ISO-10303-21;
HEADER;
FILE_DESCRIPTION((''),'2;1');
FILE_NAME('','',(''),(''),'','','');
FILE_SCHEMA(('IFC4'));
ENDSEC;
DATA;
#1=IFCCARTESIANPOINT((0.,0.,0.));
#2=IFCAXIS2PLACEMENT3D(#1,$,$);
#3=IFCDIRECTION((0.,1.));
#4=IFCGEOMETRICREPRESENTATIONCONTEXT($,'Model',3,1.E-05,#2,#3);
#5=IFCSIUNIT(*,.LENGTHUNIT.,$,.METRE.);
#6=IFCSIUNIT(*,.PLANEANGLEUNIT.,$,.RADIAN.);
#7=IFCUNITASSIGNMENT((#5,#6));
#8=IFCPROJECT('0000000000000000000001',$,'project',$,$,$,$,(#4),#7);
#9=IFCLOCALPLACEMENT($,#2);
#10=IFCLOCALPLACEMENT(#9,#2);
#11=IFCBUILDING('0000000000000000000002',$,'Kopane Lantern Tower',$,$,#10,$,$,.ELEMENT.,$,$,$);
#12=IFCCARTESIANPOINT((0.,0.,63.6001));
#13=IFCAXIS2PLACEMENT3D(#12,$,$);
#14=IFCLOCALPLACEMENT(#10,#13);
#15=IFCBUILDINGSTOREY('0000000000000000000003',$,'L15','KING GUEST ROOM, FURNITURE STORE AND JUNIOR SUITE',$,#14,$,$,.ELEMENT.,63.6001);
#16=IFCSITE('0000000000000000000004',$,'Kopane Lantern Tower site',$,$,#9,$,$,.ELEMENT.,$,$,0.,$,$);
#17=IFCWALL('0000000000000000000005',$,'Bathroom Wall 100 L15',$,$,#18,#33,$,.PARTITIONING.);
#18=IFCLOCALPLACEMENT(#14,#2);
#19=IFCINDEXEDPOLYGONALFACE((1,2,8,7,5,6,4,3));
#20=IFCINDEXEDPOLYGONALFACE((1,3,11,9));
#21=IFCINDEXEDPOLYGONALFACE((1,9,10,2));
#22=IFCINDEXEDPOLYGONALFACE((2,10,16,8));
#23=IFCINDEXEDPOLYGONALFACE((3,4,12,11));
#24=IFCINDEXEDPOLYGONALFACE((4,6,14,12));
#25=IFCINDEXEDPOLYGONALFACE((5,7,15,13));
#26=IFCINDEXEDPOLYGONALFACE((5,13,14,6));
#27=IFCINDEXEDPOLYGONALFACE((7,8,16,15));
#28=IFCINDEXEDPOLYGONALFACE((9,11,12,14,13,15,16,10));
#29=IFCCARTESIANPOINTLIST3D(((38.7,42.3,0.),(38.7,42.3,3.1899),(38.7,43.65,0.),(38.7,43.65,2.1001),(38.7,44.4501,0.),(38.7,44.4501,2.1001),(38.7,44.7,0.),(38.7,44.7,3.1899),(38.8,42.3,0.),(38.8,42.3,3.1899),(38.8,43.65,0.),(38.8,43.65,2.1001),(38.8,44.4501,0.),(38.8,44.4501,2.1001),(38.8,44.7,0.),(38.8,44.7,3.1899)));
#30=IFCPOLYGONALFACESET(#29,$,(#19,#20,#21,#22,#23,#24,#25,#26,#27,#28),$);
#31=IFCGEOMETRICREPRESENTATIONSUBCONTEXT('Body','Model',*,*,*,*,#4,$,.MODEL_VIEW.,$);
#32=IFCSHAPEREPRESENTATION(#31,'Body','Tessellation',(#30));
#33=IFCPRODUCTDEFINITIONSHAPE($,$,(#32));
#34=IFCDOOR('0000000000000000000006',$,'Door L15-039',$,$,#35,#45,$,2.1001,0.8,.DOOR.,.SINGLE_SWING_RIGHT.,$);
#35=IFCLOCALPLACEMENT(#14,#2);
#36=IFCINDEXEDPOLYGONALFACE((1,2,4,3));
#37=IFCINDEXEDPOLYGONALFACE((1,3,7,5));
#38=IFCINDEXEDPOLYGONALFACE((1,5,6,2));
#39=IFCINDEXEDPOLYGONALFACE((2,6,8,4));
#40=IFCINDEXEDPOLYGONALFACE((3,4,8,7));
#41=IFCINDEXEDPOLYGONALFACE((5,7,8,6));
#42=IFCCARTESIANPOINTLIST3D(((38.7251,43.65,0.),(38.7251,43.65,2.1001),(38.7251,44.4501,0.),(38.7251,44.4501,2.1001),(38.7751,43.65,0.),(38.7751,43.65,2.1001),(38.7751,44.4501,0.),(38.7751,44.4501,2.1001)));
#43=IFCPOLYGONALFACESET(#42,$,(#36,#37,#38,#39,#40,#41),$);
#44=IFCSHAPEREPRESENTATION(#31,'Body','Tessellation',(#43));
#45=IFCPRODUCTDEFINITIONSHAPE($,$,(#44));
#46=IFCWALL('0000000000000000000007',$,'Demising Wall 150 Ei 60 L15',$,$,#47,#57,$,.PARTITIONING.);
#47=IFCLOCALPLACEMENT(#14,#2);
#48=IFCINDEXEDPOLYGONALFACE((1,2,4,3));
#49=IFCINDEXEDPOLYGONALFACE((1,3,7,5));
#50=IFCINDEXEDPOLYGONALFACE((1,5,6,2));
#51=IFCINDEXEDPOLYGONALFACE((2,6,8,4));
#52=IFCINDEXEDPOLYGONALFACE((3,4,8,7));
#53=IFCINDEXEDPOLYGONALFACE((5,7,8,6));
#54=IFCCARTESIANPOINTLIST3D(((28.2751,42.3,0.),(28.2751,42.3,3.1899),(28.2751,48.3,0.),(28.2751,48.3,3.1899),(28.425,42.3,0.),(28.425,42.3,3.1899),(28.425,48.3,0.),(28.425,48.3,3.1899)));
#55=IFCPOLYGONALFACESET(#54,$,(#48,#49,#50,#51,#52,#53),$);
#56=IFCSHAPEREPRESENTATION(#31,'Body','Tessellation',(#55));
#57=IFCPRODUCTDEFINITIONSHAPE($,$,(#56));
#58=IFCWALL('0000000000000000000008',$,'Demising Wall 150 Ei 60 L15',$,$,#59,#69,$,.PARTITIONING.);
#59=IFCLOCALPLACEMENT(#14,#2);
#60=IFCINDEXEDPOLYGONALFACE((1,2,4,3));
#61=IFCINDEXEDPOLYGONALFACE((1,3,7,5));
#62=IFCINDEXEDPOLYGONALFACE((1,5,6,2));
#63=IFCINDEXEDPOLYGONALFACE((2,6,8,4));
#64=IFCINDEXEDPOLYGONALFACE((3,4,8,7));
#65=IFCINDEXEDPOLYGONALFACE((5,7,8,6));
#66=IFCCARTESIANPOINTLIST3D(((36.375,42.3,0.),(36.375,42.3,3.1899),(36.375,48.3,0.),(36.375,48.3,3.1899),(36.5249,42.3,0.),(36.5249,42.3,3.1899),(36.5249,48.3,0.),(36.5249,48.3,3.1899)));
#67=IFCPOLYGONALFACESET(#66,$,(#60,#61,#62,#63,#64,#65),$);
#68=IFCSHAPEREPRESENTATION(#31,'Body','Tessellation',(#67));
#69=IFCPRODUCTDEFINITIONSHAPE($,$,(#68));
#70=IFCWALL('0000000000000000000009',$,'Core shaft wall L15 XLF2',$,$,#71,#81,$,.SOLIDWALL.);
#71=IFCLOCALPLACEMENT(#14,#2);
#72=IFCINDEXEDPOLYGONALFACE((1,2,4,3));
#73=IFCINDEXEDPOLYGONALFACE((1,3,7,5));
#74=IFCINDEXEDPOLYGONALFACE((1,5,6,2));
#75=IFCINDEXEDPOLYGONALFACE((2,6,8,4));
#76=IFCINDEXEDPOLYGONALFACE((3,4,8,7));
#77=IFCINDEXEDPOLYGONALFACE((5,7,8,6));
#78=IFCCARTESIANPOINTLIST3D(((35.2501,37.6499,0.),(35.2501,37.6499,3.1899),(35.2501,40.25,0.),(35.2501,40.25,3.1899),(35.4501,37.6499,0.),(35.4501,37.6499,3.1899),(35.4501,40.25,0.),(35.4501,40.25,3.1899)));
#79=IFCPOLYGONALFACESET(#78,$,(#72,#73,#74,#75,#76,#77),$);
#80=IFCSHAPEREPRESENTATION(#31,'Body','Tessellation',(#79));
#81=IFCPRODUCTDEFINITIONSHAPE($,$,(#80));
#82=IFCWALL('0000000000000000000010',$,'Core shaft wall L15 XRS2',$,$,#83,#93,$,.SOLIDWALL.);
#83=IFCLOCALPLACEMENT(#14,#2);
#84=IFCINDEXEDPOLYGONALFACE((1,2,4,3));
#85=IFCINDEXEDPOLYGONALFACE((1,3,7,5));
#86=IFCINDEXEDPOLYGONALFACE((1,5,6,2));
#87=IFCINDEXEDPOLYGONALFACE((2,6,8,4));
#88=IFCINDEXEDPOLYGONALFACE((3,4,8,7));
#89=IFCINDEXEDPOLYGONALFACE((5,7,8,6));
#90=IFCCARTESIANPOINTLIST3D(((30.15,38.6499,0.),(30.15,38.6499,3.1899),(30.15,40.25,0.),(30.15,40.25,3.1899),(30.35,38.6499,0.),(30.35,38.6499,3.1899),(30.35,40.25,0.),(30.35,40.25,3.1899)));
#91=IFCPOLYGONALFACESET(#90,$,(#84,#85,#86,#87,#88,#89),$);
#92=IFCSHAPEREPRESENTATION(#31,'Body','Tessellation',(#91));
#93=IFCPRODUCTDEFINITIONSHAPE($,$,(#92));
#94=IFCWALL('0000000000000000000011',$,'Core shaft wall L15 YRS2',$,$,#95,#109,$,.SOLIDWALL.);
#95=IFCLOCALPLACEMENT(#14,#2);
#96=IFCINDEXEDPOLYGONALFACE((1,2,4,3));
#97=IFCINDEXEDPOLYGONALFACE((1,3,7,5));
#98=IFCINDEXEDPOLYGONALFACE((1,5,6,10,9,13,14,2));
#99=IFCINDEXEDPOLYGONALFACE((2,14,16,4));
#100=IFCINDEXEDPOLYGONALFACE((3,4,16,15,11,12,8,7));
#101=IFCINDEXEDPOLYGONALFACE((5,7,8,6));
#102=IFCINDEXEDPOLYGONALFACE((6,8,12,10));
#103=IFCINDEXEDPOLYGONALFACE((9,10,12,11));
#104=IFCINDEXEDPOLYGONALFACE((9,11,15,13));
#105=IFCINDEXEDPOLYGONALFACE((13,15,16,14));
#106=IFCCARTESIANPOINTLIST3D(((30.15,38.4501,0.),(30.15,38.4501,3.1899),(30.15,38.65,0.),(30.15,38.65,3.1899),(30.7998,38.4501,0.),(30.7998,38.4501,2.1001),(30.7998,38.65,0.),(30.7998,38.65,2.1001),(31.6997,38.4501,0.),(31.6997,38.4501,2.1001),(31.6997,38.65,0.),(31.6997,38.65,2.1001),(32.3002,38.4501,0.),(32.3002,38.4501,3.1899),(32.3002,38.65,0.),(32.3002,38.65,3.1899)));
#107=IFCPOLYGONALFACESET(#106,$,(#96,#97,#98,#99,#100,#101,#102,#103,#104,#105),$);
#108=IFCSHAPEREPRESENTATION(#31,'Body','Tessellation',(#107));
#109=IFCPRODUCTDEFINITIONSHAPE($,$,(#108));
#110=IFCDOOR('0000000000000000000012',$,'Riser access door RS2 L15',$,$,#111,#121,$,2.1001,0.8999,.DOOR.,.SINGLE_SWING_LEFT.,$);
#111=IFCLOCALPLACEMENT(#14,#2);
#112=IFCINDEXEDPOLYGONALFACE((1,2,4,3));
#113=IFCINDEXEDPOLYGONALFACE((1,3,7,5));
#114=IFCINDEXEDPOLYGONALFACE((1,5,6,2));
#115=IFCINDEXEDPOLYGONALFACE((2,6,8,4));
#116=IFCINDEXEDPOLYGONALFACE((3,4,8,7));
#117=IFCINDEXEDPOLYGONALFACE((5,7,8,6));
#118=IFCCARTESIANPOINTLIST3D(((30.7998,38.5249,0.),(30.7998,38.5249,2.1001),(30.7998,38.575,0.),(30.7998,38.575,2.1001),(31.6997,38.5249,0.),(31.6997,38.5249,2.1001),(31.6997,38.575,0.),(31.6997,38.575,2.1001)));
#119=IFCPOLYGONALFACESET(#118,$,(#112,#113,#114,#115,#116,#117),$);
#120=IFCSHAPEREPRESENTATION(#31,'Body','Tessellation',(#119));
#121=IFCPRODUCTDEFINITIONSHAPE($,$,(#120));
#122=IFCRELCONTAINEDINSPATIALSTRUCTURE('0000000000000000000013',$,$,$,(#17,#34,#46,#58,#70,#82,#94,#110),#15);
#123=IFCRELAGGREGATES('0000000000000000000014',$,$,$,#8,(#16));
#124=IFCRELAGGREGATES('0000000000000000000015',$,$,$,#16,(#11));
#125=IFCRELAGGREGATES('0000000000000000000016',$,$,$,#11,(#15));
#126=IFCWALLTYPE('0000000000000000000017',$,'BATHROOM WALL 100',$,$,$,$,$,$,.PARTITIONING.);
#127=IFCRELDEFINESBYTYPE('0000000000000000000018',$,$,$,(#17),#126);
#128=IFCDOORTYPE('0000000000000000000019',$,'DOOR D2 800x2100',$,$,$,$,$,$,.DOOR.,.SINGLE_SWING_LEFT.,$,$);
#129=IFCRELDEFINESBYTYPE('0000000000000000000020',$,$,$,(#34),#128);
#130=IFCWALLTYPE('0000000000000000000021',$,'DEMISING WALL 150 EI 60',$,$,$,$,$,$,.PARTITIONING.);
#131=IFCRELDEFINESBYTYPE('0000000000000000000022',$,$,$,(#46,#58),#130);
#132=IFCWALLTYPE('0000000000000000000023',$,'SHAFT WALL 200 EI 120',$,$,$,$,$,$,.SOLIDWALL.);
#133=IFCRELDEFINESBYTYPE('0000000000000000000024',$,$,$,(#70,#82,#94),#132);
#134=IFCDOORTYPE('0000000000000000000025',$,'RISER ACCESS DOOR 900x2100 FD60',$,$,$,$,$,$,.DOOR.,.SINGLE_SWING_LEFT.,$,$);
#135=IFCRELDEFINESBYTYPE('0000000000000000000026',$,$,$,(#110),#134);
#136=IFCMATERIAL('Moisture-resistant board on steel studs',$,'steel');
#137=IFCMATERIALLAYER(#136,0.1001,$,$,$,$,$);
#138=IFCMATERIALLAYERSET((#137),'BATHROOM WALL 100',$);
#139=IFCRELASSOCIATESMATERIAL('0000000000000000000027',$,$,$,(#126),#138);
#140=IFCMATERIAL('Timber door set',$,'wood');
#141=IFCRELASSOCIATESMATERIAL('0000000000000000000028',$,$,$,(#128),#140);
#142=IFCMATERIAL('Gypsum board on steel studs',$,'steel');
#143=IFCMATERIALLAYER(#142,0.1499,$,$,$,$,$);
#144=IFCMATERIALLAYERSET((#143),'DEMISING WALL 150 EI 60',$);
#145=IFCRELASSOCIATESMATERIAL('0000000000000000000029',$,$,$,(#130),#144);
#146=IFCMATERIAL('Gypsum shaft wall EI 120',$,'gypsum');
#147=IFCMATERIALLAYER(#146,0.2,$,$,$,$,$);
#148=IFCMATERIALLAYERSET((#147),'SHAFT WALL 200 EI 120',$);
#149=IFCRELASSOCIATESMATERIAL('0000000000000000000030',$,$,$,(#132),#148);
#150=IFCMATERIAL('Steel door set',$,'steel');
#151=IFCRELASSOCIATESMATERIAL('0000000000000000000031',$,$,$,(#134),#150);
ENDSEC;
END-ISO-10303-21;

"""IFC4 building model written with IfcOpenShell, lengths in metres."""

from ifc_helpers import new_model, si_unit, direction, frame, frame_2d, origin, place, context, subcontext, project, spatial, rectangle, extrude, material, layer, layer_set, type_object, element, fill, save


model = new_model("IFC4")

# Units and contexts
model_context = context("Model", 3, precision=1e-05, world=origin(), true_north=direction((0.0, 1.0)))
body_context = subcontext(model_context, "Body", "Model", "MODEL_VIEW")
ifc_project = project(units=[si_unit("LENGTHUNIT", "METRE"), si_unit("PLANEANGLEUNIT", "RADIAN")], contexts=[model_context])

# Site, building, storey
site_placement = place(None, origin())
site = spatial("IfcSite", under=ifc_project, at=site_placement, Name="Kopane Lantern Tower site", CompositionType="ELEMENT", RefElevation=0.0)
building_placement = place(site_placement, origin())
building = spatial("IfcBuilding", under=site, at=building_placement, Name="Kopane Lantern Tower", CompositionType="ELEMENT")
storey_placement = place(building_placement, frame((0.0, 0.0, 63.6001)))
storey = spatial("IfcBuildingStorey", under=building, at=storey_placement, Name="L15", Description="KING GUEST ROOM, FURNITURE STORE AND JUNIOR SUITE", CompositionType="ELEMENT", Elevation=63.6001)

# Shared definitions
ifc_material_1 = material(Name="Moisture-resistant board on steel studs", Category="steel")
ifc_layer_1 = layer(ifc_material_1, 0.1001)
ifc_layer_set_1 = layer_set([ifc_layer_1], Name="BATHROOM WALL 100")
wall_type_1 = type_object("IfcWallType", Name="BATHROOM WALL 100", PredefinedType="PARTITIONING", material=ifc_layer_set_1)
ifc_material_2 = material(Name="Timber door set", Category="wood")
door_type_1 = type_object("IfcDoorType", Name="DOOR D2 800x2100", OperationType="SINGLE_SWING_LEFT", PredefinedType="DOOR", material=ifc_material_2)

# Wall, opening, door
wall_1_placement = place(storey_placement, frame((38.75, 42.3, 0.0), z_axis=(0.0, 0.0, 1.0), x_axis=(0.0, 1.0, 0.0)))
wall_1 = element("IfcWall", 1, at=wall_1_placement, inside=storey, type_object=wall_type_1, Name="Bathroom Wall 100 L15", PredefinedType="PARTITIONING", context=body_context, shape_type="SweptSolid", body=[
    extrude(rectangle(XDim=2.3999, YDim=0.1001, at=frame_2d((1.2, 0.0))), origin(), (0.0, 0.0, 1.0), 3.1899),
])
opening_1_placement = place(wall_1_placement, frame((1.3501, 0.0, 0.0)))
opening_1 = element("IfcOpeningElement", 2, at=opening_1_placement, cuts=wall_1, PredefinedType="OPENING", context=body_context, shape_type="SweptSolid", body=[
    extrude(rectangle(XDim=0.8, YDim=2.1001, at=frame_2d((0.3999, 1.05))), frame((0.0, 0.0601, 0.0), z_axis=(0.0, -1.0, 0.0), x_axis=(1.0, 0.0, 0.0)), (0.0, 0.0, 1.0), 0.1201),
])
door_1_placement = place(opening_1_placement, origin())
door_1 = element("IfcDoor", 3, at=door_1_placement, inside=storey, type_object=door_type_1, Name="Door L15-039", OperationType="SINGLE_SWING_RIGHT", OverallHeight=2.1001, OverallWidth=0.8, PredefinedType="DOOR", context=body_context, shape_type="SweptSolid", body=[
    extrude(rectangle(XDim=0.8, YDim=2.1001, at=frame_2d((0.3999, 1.05))), frame((0.0, 0.0249, 0.0), z_axis=(0.0, -1.0, 0.0), x_axis=(1.0, 0.0, 0.0)), (0.0, 0.0, 1.0), 0.05),
])
fill(opening_1, door_1)

# Walls
ifc_material_3 = material(Name="Gypsum board on steel studs", Category="steel")
ifc_layer_2 = layer(ifc_material_3, 0.1499)
ifc_layer_set_2 = layer_set([ifc_layer_2], Name="DEMISING WALL 150 EI 60")
wall_type_2 = type_object("IfcWallType", Name="DEMISING WALL 150 EI 60", PredefinedType="PARTITIONING", material=ifc_layer_set_2)
for number, where, z_axis, x_axis, name in (
    (4, (28.3501, 42.3, 0.0), (0.0, 0.0, 1.0), (0.0, 1.0, 0.0), "Demising Wall 150 Ei 60 L15"),
    (5, (36.45, 42.3, 0.0), (0.0, 0.0, 1.0), (0.0, 1.0, 0.0), "Demising Wall 150 Ei 60 L15"),
):
    element("IfcWall", number, at=place(storey_placement, frame(where, z_axis=z_axis, x_axis=x_axis)), inside=storey, type_object=wall_type_2, Name=name, PredefinedType="PARTITIONING", context=body_context, shape_type="SweptSolid", body=[
        extrude(rectangle(XDim=6.0, YDim=0.1499, at=frame_2d((3.0, 0.0))), origin(), (0.0, 0.0, 1.0), 3.1899),
    ])
ifc_material_4 = material(Name="Gypsum shaft wall EI 120", Category="gypsum")
ifc_layer_3 = layer(ifc_material_4, 0.2)
ifc_layer_set_3 = layer_set([ifc_layer_3], Name="SHAFT WALL 200 EI 120")
wall_type_3 = type_object("IfcWallType", Name="SHAFT WALL 200 EI 120", PredefinedType="SOLIDWALL", material=ifc_layer_set_3)
wall_2_placement = place(storey_placement, frame((35.3501, 37.6499, 0.0), z_axis=(0.0, 0.0, 1.0), x_axis=(0.0, 1.0, 0.0)))
element("IfcWall", 6, at=wall_2_placement, inside=storey, type_object=wall_type_3, Name="Core shaft wall L15 XLF2", PredefinedType="SOLIDWALL", context=body_context, shape_type="SweptSolid", body=[
    extrude(rectangle(XDim=2.6001, YDim=0.2, at=frame_2d((1.3, 0.0))), origin(), (0.0, 0.0, 1.0), 3.1899),
])
wall_3_placement = place(storey_placement, frame((30.25, 38.6499, 0.0), z_axis=(0.0, 0.0, 1.0), x_axis=(0.0, 1.0, 0.0)))
element("IfcWall", 7, at=wall_3_placement, inside=storey, type_object=wall_type_3, Name="Core shaft wall L15 XRS2", PredefinedType="SOLIDWALL", context=body_context, shape_type="SweptSolid", body=[
    extrude(rectangle(XDim=1.6001, YDim=0.2, at=frame_2d((0.8, 0.0))), origin(), (0.0, 0.0, 1.0), 3.1899),
])

# Wall, opening, door
wall_4_placement = place(storey_placement, frame((30.1499, 38.55, 0.0), z_axis=(0.0, 0.0, 1.0), x_axis=(1.0, 0.0, 0.0)))
wall_4 = element("IfcWall", 8, at=wall_4_placement, inside=storey, type_object=wall_type_3, Name="Core shaft wall L15 YRS2", PredefinedType="SOLIDWALL", context=body_context, shape_type="SweptSolid", body=[
    extrude(rectangle(XDim=2.1501, YDim=0.2, at=frame_2d((1.0752, 0.0))), origin(), (0.0, 0.0, 1.0), 3.1899),
])
opening_2_placement = place(wall_4_placement, frame((0.6499, 0.0, 0.0)))
opening_2 = element("IfcOpeningElement", 9, at=opening_2_placement, cuts=wall_4, PredefinedType="OPENING", context=body_context, shape_type="SweptSolid", body=[
    extrude(rectangle(XDim=0.8999, YDim=2.1001, at=frame_2d((0.45, 1.05))), frame((0.0, 0.1099, 0.0), z_axis=(0.0, -1.0, 0.0), x_axis=(1.0, 0.0, 0.0)), (0.0, 0.0, 1.0), 0.22),
])
ifc_material_5 = material(Name="Steel door set", Category="steel")
door_type_2 = type_object("IfcDoorType", Name="RISER ACCESS DOOR 900x2100 FD60", OperationType="SINGLE_SWING_LEFT", PredefinedType="DOOR", material=ifc_material_5)
door_2_placement = place(opening_2_placement, origin())
door_2 = element("IfcDoor", 10, at=door_2_placement, inside=storey, type_object=door_type_2, Name="Riser access door RS2 L15", OperationType="SINGLE_SWING_LEFT", OverallHeight=2.1001, OverallWidth=0.8999, PredefinedType="DOOR", context=body_context, shape_type="SweptSolid", body=[
    extrude(rectangle(XDim=0.8999, YDim=2.1001, at=frame_2d((0.45, 1.05))), frame((0.0, 0.0249, 0.0), z_axis=(0.0, -1.0, 0.0), x_axis=(1.0, 0.0, 0.0)), (0.0, 0.0, 1.0), 0.05),
])
fill(opening_2, door_2)

save(model, "model.ifc")
